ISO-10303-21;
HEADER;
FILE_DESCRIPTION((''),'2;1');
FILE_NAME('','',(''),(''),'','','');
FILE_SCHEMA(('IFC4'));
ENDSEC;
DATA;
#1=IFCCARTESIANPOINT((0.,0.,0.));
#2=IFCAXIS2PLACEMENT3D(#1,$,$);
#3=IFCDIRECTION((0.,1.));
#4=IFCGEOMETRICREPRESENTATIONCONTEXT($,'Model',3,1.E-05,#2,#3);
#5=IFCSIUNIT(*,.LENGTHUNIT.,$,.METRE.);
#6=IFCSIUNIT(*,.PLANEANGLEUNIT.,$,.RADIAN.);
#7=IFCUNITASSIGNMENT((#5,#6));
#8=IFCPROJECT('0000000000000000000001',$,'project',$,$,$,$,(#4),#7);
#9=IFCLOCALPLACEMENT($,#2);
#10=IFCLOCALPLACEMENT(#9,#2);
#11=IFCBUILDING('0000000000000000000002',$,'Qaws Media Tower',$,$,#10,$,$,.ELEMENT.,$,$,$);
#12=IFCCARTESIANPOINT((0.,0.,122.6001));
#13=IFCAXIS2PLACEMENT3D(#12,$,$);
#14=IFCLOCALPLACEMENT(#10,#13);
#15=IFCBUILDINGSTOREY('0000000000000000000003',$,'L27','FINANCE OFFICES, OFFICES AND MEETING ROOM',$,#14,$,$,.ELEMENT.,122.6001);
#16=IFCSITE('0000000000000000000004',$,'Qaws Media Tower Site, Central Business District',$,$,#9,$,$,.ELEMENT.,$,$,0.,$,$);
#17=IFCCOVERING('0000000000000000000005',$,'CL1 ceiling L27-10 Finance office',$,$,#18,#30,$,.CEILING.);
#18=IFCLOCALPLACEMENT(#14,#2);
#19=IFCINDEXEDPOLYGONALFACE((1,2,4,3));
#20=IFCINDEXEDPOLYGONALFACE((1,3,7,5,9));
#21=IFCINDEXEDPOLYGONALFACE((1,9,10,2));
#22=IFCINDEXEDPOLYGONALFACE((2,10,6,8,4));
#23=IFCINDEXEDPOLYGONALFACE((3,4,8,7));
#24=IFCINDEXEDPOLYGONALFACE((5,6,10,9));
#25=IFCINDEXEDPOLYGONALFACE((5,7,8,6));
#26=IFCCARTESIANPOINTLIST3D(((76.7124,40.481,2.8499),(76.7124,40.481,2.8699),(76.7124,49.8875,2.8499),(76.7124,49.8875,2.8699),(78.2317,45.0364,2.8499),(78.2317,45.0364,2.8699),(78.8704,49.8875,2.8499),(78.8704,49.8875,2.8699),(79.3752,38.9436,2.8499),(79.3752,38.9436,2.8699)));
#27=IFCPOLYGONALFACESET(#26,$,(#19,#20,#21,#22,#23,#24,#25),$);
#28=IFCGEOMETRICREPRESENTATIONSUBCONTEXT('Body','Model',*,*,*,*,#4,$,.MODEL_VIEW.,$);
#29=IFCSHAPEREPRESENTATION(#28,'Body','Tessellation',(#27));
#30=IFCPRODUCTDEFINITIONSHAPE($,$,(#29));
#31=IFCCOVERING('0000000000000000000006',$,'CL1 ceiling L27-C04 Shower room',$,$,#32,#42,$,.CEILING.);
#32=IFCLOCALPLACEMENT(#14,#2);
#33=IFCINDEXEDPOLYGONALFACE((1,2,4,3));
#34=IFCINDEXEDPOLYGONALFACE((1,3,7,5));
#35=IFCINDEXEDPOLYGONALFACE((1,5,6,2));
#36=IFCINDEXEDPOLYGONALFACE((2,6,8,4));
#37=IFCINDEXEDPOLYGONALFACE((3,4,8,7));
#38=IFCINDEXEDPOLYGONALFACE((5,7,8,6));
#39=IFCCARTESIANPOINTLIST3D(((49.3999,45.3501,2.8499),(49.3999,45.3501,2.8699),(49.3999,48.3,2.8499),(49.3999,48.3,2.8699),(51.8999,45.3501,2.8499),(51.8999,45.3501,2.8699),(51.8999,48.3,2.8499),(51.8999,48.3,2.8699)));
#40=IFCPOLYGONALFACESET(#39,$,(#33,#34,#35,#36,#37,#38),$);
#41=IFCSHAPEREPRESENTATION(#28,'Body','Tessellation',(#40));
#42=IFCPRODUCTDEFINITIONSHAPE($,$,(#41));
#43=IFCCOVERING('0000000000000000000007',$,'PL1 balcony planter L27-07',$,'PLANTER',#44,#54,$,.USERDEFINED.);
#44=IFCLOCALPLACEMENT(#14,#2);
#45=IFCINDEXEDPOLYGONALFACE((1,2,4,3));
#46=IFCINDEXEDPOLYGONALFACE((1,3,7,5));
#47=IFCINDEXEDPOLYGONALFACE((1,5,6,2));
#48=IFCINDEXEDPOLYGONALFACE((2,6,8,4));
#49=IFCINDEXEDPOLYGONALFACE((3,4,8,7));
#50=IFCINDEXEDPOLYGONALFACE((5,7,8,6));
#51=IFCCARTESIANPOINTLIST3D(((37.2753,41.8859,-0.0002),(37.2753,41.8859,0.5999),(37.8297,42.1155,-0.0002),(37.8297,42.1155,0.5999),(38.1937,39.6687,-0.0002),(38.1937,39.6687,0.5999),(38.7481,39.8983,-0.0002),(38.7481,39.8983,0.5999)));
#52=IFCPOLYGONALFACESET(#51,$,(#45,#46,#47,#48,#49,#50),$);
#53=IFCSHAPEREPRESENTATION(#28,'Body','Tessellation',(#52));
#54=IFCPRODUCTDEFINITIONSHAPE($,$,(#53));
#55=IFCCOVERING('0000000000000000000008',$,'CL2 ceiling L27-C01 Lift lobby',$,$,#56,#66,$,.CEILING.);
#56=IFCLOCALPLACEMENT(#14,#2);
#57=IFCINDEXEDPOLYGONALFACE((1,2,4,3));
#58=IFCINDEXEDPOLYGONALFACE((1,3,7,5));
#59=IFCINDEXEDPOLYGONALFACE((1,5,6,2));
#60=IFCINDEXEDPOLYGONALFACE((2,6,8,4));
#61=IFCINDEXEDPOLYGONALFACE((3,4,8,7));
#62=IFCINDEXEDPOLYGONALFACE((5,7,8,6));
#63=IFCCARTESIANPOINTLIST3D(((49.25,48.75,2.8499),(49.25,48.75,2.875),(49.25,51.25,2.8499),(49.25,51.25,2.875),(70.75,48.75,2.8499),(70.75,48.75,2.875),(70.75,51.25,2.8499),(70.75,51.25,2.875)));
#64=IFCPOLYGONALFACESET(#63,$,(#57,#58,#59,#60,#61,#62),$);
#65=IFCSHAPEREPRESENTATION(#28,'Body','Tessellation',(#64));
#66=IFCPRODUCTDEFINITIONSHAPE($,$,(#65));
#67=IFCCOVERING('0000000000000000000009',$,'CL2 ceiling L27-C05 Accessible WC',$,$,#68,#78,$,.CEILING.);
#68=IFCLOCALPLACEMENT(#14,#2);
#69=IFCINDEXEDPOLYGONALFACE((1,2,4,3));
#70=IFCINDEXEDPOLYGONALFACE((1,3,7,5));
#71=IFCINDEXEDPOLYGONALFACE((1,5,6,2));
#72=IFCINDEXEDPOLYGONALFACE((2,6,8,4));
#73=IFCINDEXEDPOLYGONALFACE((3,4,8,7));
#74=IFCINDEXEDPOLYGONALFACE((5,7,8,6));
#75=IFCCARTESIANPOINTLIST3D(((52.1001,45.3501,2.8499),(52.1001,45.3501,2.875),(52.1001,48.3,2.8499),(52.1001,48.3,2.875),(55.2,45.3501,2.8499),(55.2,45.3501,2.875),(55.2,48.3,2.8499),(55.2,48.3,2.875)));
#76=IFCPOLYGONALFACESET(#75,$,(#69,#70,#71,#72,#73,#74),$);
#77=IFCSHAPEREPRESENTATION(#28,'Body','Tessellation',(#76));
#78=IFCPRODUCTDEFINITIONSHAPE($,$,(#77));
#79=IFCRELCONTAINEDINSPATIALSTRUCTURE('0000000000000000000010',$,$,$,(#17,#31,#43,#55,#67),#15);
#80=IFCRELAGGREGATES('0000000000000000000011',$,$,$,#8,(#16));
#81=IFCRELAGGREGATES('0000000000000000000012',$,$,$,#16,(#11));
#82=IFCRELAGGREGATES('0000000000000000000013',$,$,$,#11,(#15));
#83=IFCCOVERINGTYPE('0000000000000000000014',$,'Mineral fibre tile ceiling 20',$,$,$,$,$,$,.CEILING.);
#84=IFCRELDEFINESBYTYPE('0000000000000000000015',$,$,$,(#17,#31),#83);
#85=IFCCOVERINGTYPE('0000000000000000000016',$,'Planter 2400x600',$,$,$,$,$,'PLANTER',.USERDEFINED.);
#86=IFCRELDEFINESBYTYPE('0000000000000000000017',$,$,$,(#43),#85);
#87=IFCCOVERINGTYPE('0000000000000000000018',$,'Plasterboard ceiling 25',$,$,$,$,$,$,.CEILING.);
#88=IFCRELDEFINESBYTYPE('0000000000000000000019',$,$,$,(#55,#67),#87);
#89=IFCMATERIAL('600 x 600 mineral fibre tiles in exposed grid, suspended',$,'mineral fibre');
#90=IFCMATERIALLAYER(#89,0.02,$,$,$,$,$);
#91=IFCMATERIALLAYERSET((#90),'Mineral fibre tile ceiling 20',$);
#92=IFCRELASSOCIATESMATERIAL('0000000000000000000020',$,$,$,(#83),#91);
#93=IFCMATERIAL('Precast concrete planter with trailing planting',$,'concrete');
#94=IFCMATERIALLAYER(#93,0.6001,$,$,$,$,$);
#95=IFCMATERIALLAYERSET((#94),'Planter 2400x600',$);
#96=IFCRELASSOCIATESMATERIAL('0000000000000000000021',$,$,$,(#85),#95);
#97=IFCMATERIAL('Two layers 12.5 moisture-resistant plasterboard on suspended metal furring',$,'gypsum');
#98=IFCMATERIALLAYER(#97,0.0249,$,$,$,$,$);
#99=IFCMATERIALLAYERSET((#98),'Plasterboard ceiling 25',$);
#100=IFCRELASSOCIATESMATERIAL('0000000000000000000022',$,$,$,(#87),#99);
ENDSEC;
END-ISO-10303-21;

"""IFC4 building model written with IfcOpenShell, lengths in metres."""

from ifc_helpers import new_model, si_unit, direction, frame, origin, origin_2d, place, context, subcontext, project, spatial, polyline, rectangle, outline, extrude, material, layer, layer_set, type_object, element, save


model = new_model("IFC4")

# Units and contexts
model_context = context("Model", 3, precision=1e-05, world=origin(), true_north=direction((0.0, 1.0)))
body_context = subcontext(model_context, "Body", "Model", "MODEL_VIEW")
ifc_project = project(units=[si_unit("LENGTHUNIT", "METRE"), si_unit("PLANEANGLEUNIT", "RADIAN")], contexts=[model_context])

# Site, building, storey
site_placement = place(None, origin())
site = spatial("IfcSite", under=ifc_project, at=site_placement, Name="Qaws Media Tower Site, Central Business District", CompositionType="ELEMENT", RefElevation=0.0)
building_placement = place(site_placement, origin())
building = spatial("IfcBuilding", under=site, at=building_placement, Name="Qaws Media Tower", CompositionType="ELEMENT")
storey_placement = place(building_placement, frame((0.0, 0.0, 122.6001)))
storey = spatial("IfcBuildingStorey", under=building, at=storey_placement, Name="L27", Description="FINANCE OFFICES, OFFICES AND MEETING ROOM", CompositionType="ELEMENT", Elevation=122.6001)

# Coverings
ifc_material_1 = material(Name="600 x 600 mineral fibre tiles in exposed grid, suspended", Category="mineral fibre")
ifc_layer_1 = layer(ifc_material_1, 0.02)
ifc_layer_set_1 = layer_set([ifc_layer_1], Name="Mineral fibre tile ceiling 20")
covering_type_1 = type_object("IfcCoveringType", Name="Mineral fibre tile ceiling 20", PredefinedType="CEILING", material=ifc_layer_set_1)
covering_1_placement = place(storey_placement, frame((0.0, 0.0, 2.8499)))
element("IfcCovering", 1, at=covering_1_placement, inside=storey, type_object=covering_type_1, Name="CL1 ceiling L27-10 Finance office", PredefinedType="CEILING", context=body_context, shape_type="SweptSolid", body=[
    extrude(outline(polyline([(78.2317, 45.0364), (79.3752, 38.9436), (76.7124, 40.481), (76.7124, 49.8875), (78.8704, 49.8875), (78.2317, 45.0364)])), origin(), (0.0, 0.0, 1.0), 0.02),
])
covering_2_placement = place(storey_placement, frame((0.0, 0.0, 2.8499)))
element("IfcCovering", 2, at=covering_2_placement, inside=storey, type_object=covering_type_1, Name="CL1 ceiling L27-C04 Shower room", PredefinedType="CEILING", context=body_context, shape_type="SweptSolid", body=[
    extrude(outline(polyline([(49.3999, 45.3501), (49.3999, 48.3), (51.8999, 48.3), (51.8999, 45.3501), (49.3999, 45.3501)])), origin(), (0.0, 0.0, 1.0), 0.02),
])
ifc_material_2 = material(Name="Precast concrete planter with trailing planting", Category="concrete")
ifc_layer_2 = layer(ifc_material_2, 0.6001)
ifc_layer_set_2 = layer_set([ifc_layer_2], Name="Planter 2400x600")
covering_type_2 = type_object("IfcCoveringType", Name="Planter 2400x600", ElementType="PLANTER", PredefinedType="USERDEFINED", material=ifc_layer_set_2)
covering_3_placement = place(storey_placement, frame((38.0117, 40.8921, -0.0002), z_axis=(0.0, 0.0, 1.0), x_axis=(0.382683, -0.92388, 0.0)))
element("IfcCovering", 3, at=covering_3_placement, inside=storey, type_object=covering_type_2, Name="PL1 balcony planter L27-07", ObjectType="PLANTER", PredefinedType="USERDEFINED", context=body_context, shape_type="SweptSolid", body=[
    extrude(rectangle(XDim=2.3999, YDim=0.6001, at=origin_2d()), origin(), (0.0, 0.0, 1.0), 0.6001),
])
ifc_material_3 = material(Name="Two layers 12.5 moisture-resistant plasterboard on suspended metal furring", Category="gypsum")
ifc_layer_3 = layer(ifc_material_3, 0.0249)
ifc_layer_set_3 = layer_set([ifc_layer_3], Name="Plasterboard ceiling 25")
covering_type_3 = type_object("IfcCoveringType", Name="Plasterboard ceiling 25", PredefinedType="CEILING", material=ifc_layer_set_3)
covering_4_placement = place(storey_placement, frame((0.0, 0.0, 2.8499)))
element("IfcCovering", 4, at=covering_4_placement, inside=storey, type_object=covering_type_3, Name="CL2 ceiling L27-C01 Lift lobby", PredefinedType="CEILING", context=body_context, shape_type="SweptSolid", body=[
    extrude(outline(polyline([(49.25, 48.75), (49.25, 51.25), (70.75, 51.25), (70.75, 48.75), (49.25, 48.75)])), origin(), (0.0, 0.0, 1.0), 0.0251),
])
covering_5_placement = place(storey_placement, frame((0.0, 0.0, 2.8499)))
element("IfcCovering", 5, at=covering_5_placement, inside=storey, type_object=covering_type_3, Name="CL2 ceiling L27-C05 Accessible WC", PredefinedType="CEILING", context=body_context, shape_type="SweptSolid", body=[
    extrude(outline(polyline([(52.1001, 45.3501), (52.1001, 48.3), (55.2, 48.3), (55.2, 45.3501), (52.1001, 45.3501)])), origin(), (0.0, 0.0, 1.0), 0.0251),
])

save(model, "model.ifc")
